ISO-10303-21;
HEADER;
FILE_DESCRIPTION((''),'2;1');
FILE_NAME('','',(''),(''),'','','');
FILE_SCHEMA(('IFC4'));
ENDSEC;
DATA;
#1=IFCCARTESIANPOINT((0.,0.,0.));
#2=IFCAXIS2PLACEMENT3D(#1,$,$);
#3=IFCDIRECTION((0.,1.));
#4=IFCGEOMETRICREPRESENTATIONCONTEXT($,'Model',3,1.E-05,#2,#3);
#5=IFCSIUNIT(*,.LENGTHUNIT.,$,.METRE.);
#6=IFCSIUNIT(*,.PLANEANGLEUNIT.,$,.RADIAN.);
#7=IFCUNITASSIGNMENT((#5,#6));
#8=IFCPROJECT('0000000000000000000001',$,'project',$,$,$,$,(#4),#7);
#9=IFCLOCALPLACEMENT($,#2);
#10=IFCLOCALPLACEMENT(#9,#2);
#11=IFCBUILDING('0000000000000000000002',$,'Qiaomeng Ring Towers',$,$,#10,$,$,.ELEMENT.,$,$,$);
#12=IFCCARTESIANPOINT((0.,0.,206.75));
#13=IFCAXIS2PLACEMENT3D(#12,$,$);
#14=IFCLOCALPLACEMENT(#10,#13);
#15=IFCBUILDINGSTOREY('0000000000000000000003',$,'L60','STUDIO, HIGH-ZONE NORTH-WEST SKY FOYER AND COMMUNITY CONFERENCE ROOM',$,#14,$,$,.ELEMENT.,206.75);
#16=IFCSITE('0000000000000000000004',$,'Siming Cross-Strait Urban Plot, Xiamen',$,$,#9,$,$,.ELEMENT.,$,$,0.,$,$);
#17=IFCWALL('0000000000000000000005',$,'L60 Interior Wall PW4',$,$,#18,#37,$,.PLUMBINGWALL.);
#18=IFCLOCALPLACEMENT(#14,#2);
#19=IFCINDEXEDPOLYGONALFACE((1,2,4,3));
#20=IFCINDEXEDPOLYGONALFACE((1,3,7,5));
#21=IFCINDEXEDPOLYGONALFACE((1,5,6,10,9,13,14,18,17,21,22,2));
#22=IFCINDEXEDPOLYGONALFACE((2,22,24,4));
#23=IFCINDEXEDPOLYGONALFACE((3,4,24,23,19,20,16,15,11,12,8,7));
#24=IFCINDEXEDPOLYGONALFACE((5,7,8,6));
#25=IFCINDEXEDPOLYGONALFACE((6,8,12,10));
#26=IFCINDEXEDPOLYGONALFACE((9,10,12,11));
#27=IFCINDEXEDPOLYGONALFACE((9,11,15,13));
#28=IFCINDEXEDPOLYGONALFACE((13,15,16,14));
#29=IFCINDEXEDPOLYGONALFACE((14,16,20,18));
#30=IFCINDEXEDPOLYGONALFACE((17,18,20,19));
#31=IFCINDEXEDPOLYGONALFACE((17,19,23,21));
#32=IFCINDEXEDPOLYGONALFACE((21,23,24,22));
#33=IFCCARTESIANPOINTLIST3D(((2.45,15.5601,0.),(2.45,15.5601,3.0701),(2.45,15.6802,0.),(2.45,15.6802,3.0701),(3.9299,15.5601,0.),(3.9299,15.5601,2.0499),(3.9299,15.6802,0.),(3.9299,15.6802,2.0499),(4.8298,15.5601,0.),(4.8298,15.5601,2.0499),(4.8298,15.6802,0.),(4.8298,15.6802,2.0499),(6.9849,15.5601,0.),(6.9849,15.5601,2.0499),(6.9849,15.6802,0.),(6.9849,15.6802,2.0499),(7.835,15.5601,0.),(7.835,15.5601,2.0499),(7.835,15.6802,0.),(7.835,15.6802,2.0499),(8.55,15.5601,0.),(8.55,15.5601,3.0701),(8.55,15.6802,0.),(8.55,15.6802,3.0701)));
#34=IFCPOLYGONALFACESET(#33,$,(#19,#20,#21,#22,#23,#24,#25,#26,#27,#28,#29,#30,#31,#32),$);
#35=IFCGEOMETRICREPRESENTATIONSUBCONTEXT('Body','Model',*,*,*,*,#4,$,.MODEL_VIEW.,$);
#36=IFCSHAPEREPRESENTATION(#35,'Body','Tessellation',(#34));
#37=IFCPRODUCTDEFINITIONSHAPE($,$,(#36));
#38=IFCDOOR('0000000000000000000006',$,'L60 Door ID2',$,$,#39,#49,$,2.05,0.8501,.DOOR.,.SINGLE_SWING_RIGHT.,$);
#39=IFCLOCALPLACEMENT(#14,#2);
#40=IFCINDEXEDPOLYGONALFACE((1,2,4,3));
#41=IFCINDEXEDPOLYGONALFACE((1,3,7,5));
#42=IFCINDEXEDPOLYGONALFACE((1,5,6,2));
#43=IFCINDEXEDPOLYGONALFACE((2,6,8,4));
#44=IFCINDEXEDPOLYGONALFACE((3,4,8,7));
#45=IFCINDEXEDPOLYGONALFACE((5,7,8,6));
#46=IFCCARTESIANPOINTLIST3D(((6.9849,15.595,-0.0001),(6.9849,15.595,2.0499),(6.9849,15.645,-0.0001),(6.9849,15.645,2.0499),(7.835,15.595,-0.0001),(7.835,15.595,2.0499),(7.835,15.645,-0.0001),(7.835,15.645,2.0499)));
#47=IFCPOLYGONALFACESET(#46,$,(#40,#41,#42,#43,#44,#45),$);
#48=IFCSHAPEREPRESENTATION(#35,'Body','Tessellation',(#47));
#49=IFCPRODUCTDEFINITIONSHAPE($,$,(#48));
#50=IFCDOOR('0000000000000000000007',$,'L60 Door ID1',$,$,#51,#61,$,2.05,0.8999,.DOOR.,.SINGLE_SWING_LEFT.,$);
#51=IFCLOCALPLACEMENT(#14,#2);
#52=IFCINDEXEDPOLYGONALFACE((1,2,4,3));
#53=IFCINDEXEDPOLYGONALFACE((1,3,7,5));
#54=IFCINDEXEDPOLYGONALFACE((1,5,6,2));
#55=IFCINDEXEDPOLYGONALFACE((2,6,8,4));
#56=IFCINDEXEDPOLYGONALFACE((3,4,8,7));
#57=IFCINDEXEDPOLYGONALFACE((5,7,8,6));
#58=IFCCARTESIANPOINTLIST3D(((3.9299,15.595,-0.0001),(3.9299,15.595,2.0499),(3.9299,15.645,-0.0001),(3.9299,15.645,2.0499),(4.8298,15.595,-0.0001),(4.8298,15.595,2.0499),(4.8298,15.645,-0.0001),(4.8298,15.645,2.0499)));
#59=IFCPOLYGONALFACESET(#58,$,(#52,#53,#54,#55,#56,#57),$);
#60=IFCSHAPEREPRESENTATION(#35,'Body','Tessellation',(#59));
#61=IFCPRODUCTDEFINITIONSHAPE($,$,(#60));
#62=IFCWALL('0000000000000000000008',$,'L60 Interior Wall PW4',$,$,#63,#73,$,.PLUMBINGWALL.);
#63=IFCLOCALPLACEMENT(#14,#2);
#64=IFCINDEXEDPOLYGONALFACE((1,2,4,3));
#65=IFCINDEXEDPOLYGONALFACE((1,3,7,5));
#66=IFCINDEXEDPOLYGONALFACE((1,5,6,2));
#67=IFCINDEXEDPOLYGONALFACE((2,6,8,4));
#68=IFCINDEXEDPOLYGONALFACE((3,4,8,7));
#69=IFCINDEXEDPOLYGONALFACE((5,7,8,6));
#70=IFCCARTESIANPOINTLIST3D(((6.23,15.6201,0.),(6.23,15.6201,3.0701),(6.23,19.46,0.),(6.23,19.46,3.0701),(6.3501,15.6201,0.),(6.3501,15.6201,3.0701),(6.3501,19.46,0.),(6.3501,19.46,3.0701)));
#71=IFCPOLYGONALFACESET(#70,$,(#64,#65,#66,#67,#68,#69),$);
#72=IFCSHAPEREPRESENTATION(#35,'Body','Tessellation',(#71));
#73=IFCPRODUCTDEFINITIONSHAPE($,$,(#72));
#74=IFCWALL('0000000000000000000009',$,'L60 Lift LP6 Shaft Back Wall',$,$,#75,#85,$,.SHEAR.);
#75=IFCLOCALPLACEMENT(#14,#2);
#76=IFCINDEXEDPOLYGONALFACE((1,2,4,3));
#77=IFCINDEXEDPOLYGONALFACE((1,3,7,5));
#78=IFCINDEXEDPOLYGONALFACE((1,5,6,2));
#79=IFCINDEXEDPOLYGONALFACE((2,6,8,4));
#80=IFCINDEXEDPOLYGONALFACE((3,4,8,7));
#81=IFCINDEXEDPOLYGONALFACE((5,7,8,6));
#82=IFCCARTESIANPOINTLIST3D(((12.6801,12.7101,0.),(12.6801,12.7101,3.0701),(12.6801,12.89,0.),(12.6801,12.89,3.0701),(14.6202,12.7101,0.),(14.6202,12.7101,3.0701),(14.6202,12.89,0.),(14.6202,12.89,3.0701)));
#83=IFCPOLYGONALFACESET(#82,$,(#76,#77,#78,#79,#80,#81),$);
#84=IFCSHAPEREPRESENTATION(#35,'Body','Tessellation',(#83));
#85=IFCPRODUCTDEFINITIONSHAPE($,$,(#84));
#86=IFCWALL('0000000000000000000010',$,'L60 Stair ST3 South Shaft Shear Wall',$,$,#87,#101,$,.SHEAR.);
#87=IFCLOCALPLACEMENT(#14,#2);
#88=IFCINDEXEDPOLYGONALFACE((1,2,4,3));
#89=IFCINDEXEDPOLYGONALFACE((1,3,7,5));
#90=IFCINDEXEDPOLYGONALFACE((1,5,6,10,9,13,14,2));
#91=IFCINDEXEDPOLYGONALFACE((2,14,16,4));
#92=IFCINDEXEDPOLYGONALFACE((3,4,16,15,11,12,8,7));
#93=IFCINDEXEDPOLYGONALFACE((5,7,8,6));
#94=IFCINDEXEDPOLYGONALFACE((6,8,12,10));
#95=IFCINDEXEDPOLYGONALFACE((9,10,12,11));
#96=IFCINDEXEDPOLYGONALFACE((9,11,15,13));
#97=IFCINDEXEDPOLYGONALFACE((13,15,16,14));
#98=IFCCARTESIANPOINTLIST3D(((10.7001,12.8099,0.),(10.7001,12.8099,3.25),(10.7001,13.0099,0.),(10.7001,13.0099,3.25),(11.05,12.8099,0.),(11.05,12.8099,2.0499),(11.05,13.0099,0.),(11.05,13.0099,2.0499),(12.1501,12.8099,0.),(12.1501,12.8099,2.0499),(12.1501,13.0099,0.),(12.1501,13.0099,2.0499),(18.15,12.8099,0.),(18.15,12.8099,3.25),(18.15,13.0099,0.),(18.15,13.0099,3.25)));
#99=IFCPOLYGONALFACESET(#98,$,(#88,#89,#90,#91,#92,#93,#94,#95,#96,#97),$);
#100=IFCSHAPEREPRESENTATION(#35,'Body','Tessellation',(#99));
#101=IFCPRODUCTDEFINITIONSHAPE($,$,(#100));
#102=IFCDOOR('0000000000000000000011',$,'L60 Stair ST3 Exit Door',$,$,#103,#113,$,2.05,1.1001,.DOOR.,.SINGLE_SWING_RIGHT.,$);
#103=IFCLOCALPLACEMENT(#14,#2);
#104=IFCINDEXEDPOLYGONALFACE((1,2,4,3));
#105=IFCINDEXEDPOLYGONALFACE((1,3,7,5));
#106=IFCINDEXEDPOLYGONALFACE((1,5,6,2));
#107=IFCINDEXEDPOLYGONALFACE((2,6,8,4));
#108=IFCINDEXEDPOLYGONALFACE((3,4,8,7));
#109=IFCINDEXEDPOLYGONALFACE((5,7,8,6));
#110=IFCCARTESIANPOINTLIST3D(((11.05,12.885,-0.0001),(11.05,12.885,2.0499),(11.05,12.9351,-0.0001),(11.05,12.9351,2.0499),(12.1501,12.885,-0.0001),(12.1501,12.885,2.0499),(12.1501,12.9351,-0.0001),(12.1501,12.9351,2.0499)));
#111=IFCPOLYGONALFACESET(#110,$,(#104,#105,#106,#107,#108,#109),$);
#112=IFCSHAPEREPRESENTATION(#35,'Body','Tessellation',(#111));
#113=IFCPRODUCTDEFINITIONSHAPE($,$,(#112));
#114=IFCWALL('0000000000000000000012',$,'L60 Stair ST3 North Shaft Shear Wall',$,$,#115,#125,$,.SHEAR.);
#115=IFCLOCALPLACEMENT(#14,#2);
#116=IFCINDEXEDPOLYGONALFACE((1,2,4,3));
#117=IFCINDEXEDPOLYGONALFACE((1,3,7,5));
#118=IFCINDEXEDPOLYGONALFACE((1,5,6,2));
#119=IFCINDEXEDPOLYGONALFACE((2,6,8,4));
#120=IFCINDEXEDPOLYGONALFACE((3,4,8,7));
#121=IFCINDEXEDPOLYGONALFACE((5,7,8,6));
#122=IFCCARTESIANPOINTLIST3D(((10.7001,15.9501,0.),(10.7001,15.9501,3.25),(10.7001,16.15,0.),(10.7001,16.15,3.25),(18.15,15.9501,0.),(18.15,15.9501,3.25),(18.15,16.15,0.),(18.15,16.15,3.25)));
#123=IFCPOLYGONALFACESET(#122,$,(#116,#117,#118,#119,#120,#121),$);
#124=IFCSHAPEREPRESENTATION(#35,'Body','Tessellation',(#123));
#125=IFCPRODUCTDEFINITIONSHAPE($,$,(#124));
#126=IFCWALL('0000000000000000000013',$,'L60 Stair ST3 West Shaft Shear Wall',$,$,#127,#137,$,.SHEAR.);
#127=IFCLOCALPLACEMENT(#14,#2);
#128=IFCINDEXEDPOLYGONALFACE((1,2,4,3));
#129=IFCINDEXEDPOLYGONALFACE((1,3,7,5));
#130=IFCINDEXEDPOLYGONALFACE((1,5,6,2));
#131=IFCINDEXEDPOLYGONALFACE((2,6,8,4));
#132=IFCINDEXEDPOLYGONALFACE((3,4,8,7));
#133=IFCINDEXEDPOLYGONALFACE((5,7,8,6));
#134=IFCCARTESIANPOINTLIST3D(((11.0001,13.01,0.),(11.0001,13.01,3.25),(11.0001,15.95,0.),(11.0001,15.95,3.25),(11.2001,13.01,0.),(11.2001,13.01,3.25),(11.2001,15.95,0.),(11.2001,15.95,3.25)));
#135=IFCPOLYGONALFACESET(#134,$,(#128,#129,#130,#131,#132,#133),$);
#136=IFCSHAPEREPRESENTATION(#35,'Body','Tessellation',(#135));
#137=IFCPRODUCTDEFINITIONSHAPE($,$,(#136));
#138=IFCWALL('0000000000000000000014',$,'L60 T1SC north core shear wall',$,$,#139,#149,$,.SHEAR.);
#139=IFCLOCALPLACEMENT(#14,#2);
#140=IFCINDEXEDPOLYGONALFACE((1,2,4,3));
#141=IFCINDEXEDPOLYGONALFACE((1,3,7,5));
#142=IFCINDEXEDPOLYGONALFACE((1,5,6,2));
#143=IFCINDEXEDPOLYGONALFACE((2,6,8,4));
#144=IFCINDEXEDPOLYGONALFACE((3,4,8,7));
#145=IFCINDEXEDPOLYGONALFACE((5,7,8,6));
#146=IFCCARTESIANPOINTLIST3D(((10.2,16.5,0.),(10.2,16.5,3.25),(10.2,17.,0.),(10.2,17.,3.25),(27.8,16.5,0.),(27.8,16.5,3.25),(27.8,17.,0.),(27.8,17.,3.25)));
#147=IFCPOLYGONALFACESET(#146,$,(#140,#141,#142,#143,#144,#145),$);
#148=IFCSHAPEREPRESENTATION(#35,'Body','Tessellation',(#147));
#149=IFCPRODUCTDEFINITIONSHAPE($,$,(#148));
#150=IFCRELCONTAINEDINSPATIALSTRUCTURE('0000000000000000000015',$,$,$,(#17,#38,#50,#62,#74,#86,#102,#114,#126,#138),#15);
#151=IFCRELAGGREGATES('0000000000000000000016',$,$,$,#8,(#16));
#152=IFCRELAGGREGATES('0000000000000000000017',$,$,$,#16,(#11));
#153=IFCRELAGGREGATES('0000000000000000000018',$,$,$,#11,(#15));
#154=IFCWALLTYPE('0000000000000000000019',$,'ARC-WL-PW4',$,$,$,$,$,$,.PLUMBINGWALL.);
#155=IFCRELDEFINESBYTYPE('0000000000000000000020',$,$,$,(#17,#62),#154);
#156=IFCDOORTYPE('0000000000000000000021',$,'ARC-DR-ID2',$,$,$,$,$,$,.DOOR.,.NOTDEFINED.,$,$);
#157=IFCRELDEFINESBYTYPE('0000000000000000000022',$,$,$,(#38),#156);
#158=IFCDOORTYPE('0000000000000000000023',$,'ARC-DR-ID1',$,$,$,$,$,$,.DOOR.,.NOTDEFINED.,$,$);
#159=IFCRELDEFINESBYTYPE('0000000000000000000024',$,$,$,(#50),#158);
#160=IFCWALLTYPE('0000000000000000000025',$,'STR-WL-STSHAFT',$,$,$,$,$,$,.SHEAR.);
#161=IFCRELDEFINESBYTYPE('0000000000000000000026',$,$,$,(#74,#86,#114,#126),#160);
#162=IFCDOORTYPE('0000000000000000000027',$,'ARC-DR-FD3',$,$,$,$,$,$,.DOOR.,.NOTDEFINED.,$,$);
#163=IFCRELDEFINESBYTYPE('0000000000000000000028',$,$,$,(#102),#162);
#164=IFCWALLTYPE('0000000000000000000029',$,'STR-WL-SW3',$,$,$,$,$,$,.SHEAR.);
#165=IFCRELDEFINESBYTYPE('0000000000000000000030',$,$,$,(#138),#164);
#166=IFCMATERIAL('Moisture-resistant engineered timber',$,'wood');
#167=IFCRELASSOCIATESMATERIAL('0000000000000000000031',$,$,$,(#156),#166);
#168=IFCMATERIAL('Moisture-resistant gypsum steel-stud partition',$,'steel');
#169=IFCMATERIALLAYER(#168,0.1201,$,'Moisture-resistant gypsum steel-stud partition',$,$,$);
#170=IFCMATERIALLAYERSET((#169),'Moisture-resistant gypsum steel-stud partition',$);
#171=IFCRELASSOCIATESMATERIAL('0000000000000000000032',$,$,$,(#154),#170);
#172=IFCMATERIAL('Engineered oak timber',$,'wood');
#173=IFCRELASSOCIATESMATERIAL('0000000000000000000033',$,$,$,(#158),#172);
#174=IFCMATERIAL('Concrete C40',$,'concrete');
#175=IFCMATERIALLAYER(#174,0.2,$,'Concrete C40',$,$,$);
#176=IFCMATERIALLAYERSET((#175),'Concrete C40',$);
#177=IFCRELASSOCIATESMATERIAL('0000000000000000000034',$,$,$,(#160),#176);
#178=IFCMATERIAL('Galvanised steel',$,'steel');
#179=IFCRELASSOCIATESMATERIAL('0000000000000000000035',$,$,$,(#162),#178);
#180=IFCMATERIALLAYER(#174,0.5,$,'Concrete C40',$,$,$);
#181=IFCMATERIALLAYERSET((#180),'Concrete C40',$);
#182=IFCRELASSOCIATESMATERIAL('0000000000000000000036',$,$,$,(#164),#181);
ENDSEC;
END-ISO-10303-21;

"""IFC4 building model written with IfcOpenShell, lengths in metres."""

from ifc_helpers import new_model, si_unit, direction, frame, frame_2d, origin, place, context, subcontext, project, spatial, rectangle, extrude, source, transform, mapped, material, layer, layer_set, type_object, element, fill, save


model = new_model("IFC4")

# Units and contexts
model_context = context("Model", 3, precision=1e-05, world=origin(), true_north=direction((0.0, 1.0)))
body_context = subcontext(model_context, "Body", "Model", "MODEL_VIEW")
ifc_project = project(units=[si_unit("LENGTHUNIT", "METRE"), si_unit("PLANEANGLEUNIT", "RADIAN")], contexts=[model_context])

# Site, building, storey
site_placement = place(None, origin())
site = spatial("IfcSite", under=ifc_project, at=site_placement, Name="Siming Cross-Strait Urban Plot, Xiamen", CompositionType="ELEMENT", RefElevation=0.0)
building_placement = place(site_placement, origin())
building = spatial("IfcBuilding", under=site, at=building_placement, Name="Qiaomeng Ring Towers", CompositionType="ELEMENT")
storey_placement = place(building_placement, frame((0.0, 0.0, 206.75)))
storey = spatial("IfcBuildingStorey", under=building, at=storey_placement, Name="L60", Description="STUDIO, HIGH-ZONE NORTH-WEST SKY FOYER AND COMMUNITY CONFERENCE ROOM", CompositionType="ELEMENT", Elevation=206.75)

# Shared definitions
ifc_material_1 = material(Name="Concrete C40", Category="concrete")

# Shared definitions
ifc_material_2 = material(Name="Moisture-resistant engineered timber", Category="wood")
door_type_1 = type_object("IfcDoorType", Name="ARC-DR-ID2", OperationType="NOTDEFINED", PredefinedType="DOOR", material=ifc_material_2)
shared_shape_1 = source(origin(), body_context, "Body", "SweptSolid", [
    extrude(rectangle(XDim=0.8501, YDim=2.05, at=frame_2d((0.425, 1.0249))), frame((0.0, 0.0249, 0.0), z_axis=(0.0, -1.0, 0.0), x_axis=(1.0, 0.0, 0.0)), (0.0, 0.0, 1.0), 0.05),
])

# Wall, openings, doors
ifc_material_3 = material(Name="Moisture-resistant gypsum steel-stud partition", Category="steel")
ifc_layer_1 = layer(ifc_material_3, 0.1201, Name="Moisture-resistant gypsum steel-stud partition")
ifc_layer_set_1 = layer_set([ifc_layer_1], Name="Moisture-resistant gypsum steel-stud partition")
wall_type_1 = type_object("IfcWallType", Name="ARC-WL-PW4", PredefinedType="PLUMBINGWALL", material=ifc_layer_set_1)
wall_1_placement = place(storey_placement, frame((2.45, 15.6201, 0.0), z_axis=(0.0, 0.0, 1.0), x_axis=(1.0, 0.0, 0.0)))
wall_1 = element("IfcWall", 1, at=wall_1_placement, inside=storey, type_object=wall_type_1, Name="L60 Interior Wall PW4", PredefinedType="PLUMBINGWALL", context=body_context, shape_type="SweptSolid", body=[
    extrude(rectangle(XDim=6.1001, YDim=0.1201, at=frame_2d((3.05, 0.0))), origin(), (0.0, 0.0, 1.0), 3.0701),
])
opening_1_placement = place(wall_1_placement, frame((1.48, 0.0, 0.0)))
opening_1 = element("IfcOpeningElement", 2, at=opening_1_placement, cuts=wall_1, PredefinedType="OPENING", context=body_context, shape_type="SweptSolid", body=[
    extrude(rectangle(XDim=0.8999, YDim=2.05, at=frame_2d((0.45, 1.0249))), frame((0.0, 0.0701, 0.0), z_axis=(0.0, -1.0, 0.0), x_axis=(1.0, 0.0, 0.0)), (0.0, 0.0, 1.0), 0.1401),
])
opening_2_placement = place(wall_1_placement, frame((4.5349, 0.0, 0.0)))
opening_2 = element("IfcOpeningElement", 3, at=opening_2_placement, cuts=wall_1, PredefinedType="OPENING", context=body_context, shape_type="SweptSolid", body=[
    extrude(rectangle(XDim=0.8501, YDim=2.05, at=frame_2d((0.425, 1.0249))), frame((0.0, 0.0701, 0.0), z_axis=(0.0, -1.0, 0.0), x_axis=(1.0, 0.0, 0.0)), (0.0, 0.0, 1.0), 0.1401),
])
door_1_placement = place(opening_2_placement, origin())
door_1 = element("IfcDoor", 4, at=door_1_placement, inside=storey, type_object=door_type_1, Name="L60 Door ID2", OperationType="SINGLE_SWING_RIGHT", OverallHeight=2.05, OverallWidth=0.8501, PredefinedType="DOOR", context=body_context, shape_type="MappedRepresentation", body=[
    mapped(shared_shape_1, transform((0.0, 0.0, 0.0), x_axis=(1.0, 0.0, 0.0), y_axis=(0.0, 1.0, 0.0), z_axis=(0.0, 0.0, 1.0), scale=1.0)),
])
fill(opening_2, door_1)
ifc_material_4 = material(Name="Engineered oak timber", Category="wood")
door_type_2 = type_object("IfcDoorType", Name="ARC-DR-ID1", OperationType="NOTDEFINED", PredefinedType="DOOR", material=ifc_material_4)
shared_shape_2 = source(origin(), body_context, "Body", "SweptSolid", [
    extrude(rectangle(XDim=0.8999, YDim=2.05, at=frame_2d((0.45, 1.0249))), frame((0.0, 0.0249, 0.0), z_axis=(0.0, -1.0, 0.0), x_axis=(1.0, 0.0, 0.0)), (0.0, 0.0, 1.0), 0.05),
])
door_2_placement = place(opening_1_placement, origin())
door_2 = element("IfcDoor", 5, at=door_2_placement, inside=storey, type_object=door_type_2, Name="L60 Door ID1", OperationType="SINGLE_SWING_LEFT", OverallHeight=2.05, OverallWidth=0.8999, PredefinedType="DOOR", context=body_context, shape_type="MappedRepresentation", body=[
    mapped(shared_shape_2, transform((0.0, 0.0, 0.0), x_axis=(1.0, 0.0, 0.0), y_axis=(0.0, 1.0, 0.0), z_axis=(0.0, 0.0, 1.0), scale=1.0)),
])
fill(opening_1, door_2)

# Walls
wall_2_placement = place(storey_placement, frame((6.29, 15.6201, 0.0), z_axis=(0.0, 0.0, 1.0), x_axis=(0.0, 1.0, 0.0)))
element("IfcWall", 6, at=wall_2_placement, inside=storey, type_object=wall_type_1, Name="L60 Interior Wall PW4", PredefinedType="PLUMBINGWALL", context=body_context, shape_type="SweptSolid", body=[
    extrude(rectangle(XDim=3.8398, YDim=0.1201, at=frame_2d((1.9199, 0.0))), origin(), (0.0, 0.0, 1.0), 3.0701),
])
ifc_layer_2 = layer(ifc_material_1, 0.2, Name="Concrete C40")
ifc_layer_set_2 = layer_set([ifc_layer_2], Name="Concrete C40")
wall_type_2 = type_object("IfcWallType", Name="STR-WL-STSHAFT", PredefinedType="SHEAR", material=ifc_layer_set_2)
wall_3_placement = place(storey_placement, frame((12.6799, 12.8, 0.0), z_axis=(0.0, 0.0, 1.0), x_axis=(1.0, 0.0, 0.0)))
element("IfcWall", 7, at=wall_3_placement, inside=storey, type_object=wall_type_2, Name="L60 Lift LP6 Shaft Back Wall", PredefinedType="SHEAR", context=body_context, shape_type="SweptSolid", body=[
    extrude(rectangle(XDim=1.9402, YDim=0.1799, at=frame_2d((0.9702, 0.0))), origin(), (0.0, 0.0, 1.0), 3.0701),
])

# Wall, opening, door
wall_4_placement = place(storey_placement, frame((10.7, 12.9099, 0.0), z_axis=(0.0, 0.0, 1.0), x_axis=(1.0, 0.0, 0.0)))
wall_4 = element("IfcWall", 8, at=wall_4_placement, inside=storey, type_object=wall_type_2, Name="L60 Stair ST3 South Shaft Shear Wall", PredefinedType="SHEAR", context=body_context, shape_type="SweptSolid", body=[
    extrude(rectangle(XDim=7.45, YDim=0.2, at=frame_2d((3.7251, 0.0))), origin(), (0.0, 0.0, 1.0), 3.25),
])
opening_3_placement = place(wall_4_placement, frame((0.3501, 0.0, 0.0)))
opening_3 = element("IfcOpeningElement", 9, at=opening_3_placement, cuts=wall_4, PredefinedType="OPENING", context=body_context, shape_type="SweptSolid", body=[
    extrude(rectangle(XDim=1.1001, YDim=2.05, at=frame_2d((0.55, 1.0249))), frame((0.0, 0.1099, 0.0), z_axis=(0.0, -1.0, 0.0), x_axis=(1.0, 0.0, 0.0)), (0.0, 0.0, 1.0), 0.22),
])
ifc_material_5 = material(Name="Galvanised steel", Category="steel")
door_type_3 = type_object("IfcDoorType", Name="ARC-DR-FD3", OperationType="NOTDEFINED", PredefinedType="DOOR", material=ifc_material_5)
shared_shape_3 = source(origin(), body_context, "Body", "SweptSolid", [
    extrude(rectangle(XDim=1.1001, YDim=2.05, at=frame_2d((0.55, 1.0249))), frame((0.0, 0.0249, 0.0), z_axis=(0.0, -1.0, 0.0), x_axis=(1.0, 0.0, 0.0)), (0.0, 0.0, 1.0), 0.05),
])
door_3_placement = place(opening_3_placement, frame((1.1001, 0.0, 0.0), z_axis=(0.0, 0.0, 1.0), x_axis=(-1.0, 0.0, 0.0)))
door_3 = element("IfcDoor", 10, at=door_3_placement, inside=storey, type_object=door_type_3, Name="L60 Stair ST3 Exit Door", OperationType="SINGLE_SWING_RIGHT", OverallHeight=2.05, OverallWidth=1.1001, PredefinedType="DOOR", context=body_context, shape_type="MappedRepresentation", body=[
    mapped(shared_shape_3, transform((0.0, 0.0, 0.0), x_axis=(1.0, 0.0, 0.0), y_axis=(0.0, 1.0, 0.0), z_axis=(0.0, 0.0, 1.0), scale=1.0)),
])
fill(opening_3, door_3)

# Walls
wall_5_placement = place(storey_placement, frame((10.7, 16.05, 0.0), z_axis=(0.0, 0.0, 1.0), x_axis=(1.0, 0.0, 0.0)))
element("IfcWall", 11, at=wall_5_placement, inside=storey, type_object=wall_type_2, Name="L60 Stair ST3 North Shaft Shear Wall", PredefinedType="SHEAR", context=body_context, shape_type="SweptSolid", body=[
    extrude(rectangle(XDim=7.45, YDim=0.2, at=frame_2d((3.7251, 0.0))), origin(), (0.0, 0.0, 1.0), 3.25),
])
wall_6_placement = place(storey_placement, frame((11.1001, 13.01, 0.0), z_axis=(0.0, 0.0, 1.0), x_axis=(0.0, 1.0, 0.0)))
element("IfcWall", 12, at=wall_6_placement, inside=storey, type_object=wall_type_2, Name="L60 Stair ST3 West Shaft Shear Wall", PredefinedType="SHEAR", context=body_context, shape_type="SweptSolid", body=[
    extrude(rectangle(XDim=2.9399, YDim=0.2, at=frame_2d((1.47, 0.0))), origin(), (0.0, 0.0, 1.0), 3.25),
])
ifc_layer_3 = layer(ifc_material_1, 0.5, Name="Concrete C40")
ifc_layer_set_3 = layer_set([ifc_layer_3], Name="Concrete C40")
wall_type_3 = type_object("IfcWallType", Name="STR-WL-SW3", PredefinedType="SHEAR", material=ifc_layer_set_3)
wall_7_placement = place(storey_placement, frame((10.2, 16.75, 0.0), z_axis=(0.0, 0.0, 1.0), x_axis=(1.0, 0.0, 0.0)))
element("IfcWall", 13, at=wall_7_placement, inside=storey, type_object=wall_type_3, Name="L60 T1SC north core shear wall", PredefinedType="SHEAR", context=body_context, shape_type="SweptSolid", body=[
    extrude(rectangle(XDim=17.6001, YDim=0.5, at=frame_2d((8.8, 0.0))), origin(), (0.0, 0.0, 1.0), 3.25),
])

save(model, "model.ifc")
